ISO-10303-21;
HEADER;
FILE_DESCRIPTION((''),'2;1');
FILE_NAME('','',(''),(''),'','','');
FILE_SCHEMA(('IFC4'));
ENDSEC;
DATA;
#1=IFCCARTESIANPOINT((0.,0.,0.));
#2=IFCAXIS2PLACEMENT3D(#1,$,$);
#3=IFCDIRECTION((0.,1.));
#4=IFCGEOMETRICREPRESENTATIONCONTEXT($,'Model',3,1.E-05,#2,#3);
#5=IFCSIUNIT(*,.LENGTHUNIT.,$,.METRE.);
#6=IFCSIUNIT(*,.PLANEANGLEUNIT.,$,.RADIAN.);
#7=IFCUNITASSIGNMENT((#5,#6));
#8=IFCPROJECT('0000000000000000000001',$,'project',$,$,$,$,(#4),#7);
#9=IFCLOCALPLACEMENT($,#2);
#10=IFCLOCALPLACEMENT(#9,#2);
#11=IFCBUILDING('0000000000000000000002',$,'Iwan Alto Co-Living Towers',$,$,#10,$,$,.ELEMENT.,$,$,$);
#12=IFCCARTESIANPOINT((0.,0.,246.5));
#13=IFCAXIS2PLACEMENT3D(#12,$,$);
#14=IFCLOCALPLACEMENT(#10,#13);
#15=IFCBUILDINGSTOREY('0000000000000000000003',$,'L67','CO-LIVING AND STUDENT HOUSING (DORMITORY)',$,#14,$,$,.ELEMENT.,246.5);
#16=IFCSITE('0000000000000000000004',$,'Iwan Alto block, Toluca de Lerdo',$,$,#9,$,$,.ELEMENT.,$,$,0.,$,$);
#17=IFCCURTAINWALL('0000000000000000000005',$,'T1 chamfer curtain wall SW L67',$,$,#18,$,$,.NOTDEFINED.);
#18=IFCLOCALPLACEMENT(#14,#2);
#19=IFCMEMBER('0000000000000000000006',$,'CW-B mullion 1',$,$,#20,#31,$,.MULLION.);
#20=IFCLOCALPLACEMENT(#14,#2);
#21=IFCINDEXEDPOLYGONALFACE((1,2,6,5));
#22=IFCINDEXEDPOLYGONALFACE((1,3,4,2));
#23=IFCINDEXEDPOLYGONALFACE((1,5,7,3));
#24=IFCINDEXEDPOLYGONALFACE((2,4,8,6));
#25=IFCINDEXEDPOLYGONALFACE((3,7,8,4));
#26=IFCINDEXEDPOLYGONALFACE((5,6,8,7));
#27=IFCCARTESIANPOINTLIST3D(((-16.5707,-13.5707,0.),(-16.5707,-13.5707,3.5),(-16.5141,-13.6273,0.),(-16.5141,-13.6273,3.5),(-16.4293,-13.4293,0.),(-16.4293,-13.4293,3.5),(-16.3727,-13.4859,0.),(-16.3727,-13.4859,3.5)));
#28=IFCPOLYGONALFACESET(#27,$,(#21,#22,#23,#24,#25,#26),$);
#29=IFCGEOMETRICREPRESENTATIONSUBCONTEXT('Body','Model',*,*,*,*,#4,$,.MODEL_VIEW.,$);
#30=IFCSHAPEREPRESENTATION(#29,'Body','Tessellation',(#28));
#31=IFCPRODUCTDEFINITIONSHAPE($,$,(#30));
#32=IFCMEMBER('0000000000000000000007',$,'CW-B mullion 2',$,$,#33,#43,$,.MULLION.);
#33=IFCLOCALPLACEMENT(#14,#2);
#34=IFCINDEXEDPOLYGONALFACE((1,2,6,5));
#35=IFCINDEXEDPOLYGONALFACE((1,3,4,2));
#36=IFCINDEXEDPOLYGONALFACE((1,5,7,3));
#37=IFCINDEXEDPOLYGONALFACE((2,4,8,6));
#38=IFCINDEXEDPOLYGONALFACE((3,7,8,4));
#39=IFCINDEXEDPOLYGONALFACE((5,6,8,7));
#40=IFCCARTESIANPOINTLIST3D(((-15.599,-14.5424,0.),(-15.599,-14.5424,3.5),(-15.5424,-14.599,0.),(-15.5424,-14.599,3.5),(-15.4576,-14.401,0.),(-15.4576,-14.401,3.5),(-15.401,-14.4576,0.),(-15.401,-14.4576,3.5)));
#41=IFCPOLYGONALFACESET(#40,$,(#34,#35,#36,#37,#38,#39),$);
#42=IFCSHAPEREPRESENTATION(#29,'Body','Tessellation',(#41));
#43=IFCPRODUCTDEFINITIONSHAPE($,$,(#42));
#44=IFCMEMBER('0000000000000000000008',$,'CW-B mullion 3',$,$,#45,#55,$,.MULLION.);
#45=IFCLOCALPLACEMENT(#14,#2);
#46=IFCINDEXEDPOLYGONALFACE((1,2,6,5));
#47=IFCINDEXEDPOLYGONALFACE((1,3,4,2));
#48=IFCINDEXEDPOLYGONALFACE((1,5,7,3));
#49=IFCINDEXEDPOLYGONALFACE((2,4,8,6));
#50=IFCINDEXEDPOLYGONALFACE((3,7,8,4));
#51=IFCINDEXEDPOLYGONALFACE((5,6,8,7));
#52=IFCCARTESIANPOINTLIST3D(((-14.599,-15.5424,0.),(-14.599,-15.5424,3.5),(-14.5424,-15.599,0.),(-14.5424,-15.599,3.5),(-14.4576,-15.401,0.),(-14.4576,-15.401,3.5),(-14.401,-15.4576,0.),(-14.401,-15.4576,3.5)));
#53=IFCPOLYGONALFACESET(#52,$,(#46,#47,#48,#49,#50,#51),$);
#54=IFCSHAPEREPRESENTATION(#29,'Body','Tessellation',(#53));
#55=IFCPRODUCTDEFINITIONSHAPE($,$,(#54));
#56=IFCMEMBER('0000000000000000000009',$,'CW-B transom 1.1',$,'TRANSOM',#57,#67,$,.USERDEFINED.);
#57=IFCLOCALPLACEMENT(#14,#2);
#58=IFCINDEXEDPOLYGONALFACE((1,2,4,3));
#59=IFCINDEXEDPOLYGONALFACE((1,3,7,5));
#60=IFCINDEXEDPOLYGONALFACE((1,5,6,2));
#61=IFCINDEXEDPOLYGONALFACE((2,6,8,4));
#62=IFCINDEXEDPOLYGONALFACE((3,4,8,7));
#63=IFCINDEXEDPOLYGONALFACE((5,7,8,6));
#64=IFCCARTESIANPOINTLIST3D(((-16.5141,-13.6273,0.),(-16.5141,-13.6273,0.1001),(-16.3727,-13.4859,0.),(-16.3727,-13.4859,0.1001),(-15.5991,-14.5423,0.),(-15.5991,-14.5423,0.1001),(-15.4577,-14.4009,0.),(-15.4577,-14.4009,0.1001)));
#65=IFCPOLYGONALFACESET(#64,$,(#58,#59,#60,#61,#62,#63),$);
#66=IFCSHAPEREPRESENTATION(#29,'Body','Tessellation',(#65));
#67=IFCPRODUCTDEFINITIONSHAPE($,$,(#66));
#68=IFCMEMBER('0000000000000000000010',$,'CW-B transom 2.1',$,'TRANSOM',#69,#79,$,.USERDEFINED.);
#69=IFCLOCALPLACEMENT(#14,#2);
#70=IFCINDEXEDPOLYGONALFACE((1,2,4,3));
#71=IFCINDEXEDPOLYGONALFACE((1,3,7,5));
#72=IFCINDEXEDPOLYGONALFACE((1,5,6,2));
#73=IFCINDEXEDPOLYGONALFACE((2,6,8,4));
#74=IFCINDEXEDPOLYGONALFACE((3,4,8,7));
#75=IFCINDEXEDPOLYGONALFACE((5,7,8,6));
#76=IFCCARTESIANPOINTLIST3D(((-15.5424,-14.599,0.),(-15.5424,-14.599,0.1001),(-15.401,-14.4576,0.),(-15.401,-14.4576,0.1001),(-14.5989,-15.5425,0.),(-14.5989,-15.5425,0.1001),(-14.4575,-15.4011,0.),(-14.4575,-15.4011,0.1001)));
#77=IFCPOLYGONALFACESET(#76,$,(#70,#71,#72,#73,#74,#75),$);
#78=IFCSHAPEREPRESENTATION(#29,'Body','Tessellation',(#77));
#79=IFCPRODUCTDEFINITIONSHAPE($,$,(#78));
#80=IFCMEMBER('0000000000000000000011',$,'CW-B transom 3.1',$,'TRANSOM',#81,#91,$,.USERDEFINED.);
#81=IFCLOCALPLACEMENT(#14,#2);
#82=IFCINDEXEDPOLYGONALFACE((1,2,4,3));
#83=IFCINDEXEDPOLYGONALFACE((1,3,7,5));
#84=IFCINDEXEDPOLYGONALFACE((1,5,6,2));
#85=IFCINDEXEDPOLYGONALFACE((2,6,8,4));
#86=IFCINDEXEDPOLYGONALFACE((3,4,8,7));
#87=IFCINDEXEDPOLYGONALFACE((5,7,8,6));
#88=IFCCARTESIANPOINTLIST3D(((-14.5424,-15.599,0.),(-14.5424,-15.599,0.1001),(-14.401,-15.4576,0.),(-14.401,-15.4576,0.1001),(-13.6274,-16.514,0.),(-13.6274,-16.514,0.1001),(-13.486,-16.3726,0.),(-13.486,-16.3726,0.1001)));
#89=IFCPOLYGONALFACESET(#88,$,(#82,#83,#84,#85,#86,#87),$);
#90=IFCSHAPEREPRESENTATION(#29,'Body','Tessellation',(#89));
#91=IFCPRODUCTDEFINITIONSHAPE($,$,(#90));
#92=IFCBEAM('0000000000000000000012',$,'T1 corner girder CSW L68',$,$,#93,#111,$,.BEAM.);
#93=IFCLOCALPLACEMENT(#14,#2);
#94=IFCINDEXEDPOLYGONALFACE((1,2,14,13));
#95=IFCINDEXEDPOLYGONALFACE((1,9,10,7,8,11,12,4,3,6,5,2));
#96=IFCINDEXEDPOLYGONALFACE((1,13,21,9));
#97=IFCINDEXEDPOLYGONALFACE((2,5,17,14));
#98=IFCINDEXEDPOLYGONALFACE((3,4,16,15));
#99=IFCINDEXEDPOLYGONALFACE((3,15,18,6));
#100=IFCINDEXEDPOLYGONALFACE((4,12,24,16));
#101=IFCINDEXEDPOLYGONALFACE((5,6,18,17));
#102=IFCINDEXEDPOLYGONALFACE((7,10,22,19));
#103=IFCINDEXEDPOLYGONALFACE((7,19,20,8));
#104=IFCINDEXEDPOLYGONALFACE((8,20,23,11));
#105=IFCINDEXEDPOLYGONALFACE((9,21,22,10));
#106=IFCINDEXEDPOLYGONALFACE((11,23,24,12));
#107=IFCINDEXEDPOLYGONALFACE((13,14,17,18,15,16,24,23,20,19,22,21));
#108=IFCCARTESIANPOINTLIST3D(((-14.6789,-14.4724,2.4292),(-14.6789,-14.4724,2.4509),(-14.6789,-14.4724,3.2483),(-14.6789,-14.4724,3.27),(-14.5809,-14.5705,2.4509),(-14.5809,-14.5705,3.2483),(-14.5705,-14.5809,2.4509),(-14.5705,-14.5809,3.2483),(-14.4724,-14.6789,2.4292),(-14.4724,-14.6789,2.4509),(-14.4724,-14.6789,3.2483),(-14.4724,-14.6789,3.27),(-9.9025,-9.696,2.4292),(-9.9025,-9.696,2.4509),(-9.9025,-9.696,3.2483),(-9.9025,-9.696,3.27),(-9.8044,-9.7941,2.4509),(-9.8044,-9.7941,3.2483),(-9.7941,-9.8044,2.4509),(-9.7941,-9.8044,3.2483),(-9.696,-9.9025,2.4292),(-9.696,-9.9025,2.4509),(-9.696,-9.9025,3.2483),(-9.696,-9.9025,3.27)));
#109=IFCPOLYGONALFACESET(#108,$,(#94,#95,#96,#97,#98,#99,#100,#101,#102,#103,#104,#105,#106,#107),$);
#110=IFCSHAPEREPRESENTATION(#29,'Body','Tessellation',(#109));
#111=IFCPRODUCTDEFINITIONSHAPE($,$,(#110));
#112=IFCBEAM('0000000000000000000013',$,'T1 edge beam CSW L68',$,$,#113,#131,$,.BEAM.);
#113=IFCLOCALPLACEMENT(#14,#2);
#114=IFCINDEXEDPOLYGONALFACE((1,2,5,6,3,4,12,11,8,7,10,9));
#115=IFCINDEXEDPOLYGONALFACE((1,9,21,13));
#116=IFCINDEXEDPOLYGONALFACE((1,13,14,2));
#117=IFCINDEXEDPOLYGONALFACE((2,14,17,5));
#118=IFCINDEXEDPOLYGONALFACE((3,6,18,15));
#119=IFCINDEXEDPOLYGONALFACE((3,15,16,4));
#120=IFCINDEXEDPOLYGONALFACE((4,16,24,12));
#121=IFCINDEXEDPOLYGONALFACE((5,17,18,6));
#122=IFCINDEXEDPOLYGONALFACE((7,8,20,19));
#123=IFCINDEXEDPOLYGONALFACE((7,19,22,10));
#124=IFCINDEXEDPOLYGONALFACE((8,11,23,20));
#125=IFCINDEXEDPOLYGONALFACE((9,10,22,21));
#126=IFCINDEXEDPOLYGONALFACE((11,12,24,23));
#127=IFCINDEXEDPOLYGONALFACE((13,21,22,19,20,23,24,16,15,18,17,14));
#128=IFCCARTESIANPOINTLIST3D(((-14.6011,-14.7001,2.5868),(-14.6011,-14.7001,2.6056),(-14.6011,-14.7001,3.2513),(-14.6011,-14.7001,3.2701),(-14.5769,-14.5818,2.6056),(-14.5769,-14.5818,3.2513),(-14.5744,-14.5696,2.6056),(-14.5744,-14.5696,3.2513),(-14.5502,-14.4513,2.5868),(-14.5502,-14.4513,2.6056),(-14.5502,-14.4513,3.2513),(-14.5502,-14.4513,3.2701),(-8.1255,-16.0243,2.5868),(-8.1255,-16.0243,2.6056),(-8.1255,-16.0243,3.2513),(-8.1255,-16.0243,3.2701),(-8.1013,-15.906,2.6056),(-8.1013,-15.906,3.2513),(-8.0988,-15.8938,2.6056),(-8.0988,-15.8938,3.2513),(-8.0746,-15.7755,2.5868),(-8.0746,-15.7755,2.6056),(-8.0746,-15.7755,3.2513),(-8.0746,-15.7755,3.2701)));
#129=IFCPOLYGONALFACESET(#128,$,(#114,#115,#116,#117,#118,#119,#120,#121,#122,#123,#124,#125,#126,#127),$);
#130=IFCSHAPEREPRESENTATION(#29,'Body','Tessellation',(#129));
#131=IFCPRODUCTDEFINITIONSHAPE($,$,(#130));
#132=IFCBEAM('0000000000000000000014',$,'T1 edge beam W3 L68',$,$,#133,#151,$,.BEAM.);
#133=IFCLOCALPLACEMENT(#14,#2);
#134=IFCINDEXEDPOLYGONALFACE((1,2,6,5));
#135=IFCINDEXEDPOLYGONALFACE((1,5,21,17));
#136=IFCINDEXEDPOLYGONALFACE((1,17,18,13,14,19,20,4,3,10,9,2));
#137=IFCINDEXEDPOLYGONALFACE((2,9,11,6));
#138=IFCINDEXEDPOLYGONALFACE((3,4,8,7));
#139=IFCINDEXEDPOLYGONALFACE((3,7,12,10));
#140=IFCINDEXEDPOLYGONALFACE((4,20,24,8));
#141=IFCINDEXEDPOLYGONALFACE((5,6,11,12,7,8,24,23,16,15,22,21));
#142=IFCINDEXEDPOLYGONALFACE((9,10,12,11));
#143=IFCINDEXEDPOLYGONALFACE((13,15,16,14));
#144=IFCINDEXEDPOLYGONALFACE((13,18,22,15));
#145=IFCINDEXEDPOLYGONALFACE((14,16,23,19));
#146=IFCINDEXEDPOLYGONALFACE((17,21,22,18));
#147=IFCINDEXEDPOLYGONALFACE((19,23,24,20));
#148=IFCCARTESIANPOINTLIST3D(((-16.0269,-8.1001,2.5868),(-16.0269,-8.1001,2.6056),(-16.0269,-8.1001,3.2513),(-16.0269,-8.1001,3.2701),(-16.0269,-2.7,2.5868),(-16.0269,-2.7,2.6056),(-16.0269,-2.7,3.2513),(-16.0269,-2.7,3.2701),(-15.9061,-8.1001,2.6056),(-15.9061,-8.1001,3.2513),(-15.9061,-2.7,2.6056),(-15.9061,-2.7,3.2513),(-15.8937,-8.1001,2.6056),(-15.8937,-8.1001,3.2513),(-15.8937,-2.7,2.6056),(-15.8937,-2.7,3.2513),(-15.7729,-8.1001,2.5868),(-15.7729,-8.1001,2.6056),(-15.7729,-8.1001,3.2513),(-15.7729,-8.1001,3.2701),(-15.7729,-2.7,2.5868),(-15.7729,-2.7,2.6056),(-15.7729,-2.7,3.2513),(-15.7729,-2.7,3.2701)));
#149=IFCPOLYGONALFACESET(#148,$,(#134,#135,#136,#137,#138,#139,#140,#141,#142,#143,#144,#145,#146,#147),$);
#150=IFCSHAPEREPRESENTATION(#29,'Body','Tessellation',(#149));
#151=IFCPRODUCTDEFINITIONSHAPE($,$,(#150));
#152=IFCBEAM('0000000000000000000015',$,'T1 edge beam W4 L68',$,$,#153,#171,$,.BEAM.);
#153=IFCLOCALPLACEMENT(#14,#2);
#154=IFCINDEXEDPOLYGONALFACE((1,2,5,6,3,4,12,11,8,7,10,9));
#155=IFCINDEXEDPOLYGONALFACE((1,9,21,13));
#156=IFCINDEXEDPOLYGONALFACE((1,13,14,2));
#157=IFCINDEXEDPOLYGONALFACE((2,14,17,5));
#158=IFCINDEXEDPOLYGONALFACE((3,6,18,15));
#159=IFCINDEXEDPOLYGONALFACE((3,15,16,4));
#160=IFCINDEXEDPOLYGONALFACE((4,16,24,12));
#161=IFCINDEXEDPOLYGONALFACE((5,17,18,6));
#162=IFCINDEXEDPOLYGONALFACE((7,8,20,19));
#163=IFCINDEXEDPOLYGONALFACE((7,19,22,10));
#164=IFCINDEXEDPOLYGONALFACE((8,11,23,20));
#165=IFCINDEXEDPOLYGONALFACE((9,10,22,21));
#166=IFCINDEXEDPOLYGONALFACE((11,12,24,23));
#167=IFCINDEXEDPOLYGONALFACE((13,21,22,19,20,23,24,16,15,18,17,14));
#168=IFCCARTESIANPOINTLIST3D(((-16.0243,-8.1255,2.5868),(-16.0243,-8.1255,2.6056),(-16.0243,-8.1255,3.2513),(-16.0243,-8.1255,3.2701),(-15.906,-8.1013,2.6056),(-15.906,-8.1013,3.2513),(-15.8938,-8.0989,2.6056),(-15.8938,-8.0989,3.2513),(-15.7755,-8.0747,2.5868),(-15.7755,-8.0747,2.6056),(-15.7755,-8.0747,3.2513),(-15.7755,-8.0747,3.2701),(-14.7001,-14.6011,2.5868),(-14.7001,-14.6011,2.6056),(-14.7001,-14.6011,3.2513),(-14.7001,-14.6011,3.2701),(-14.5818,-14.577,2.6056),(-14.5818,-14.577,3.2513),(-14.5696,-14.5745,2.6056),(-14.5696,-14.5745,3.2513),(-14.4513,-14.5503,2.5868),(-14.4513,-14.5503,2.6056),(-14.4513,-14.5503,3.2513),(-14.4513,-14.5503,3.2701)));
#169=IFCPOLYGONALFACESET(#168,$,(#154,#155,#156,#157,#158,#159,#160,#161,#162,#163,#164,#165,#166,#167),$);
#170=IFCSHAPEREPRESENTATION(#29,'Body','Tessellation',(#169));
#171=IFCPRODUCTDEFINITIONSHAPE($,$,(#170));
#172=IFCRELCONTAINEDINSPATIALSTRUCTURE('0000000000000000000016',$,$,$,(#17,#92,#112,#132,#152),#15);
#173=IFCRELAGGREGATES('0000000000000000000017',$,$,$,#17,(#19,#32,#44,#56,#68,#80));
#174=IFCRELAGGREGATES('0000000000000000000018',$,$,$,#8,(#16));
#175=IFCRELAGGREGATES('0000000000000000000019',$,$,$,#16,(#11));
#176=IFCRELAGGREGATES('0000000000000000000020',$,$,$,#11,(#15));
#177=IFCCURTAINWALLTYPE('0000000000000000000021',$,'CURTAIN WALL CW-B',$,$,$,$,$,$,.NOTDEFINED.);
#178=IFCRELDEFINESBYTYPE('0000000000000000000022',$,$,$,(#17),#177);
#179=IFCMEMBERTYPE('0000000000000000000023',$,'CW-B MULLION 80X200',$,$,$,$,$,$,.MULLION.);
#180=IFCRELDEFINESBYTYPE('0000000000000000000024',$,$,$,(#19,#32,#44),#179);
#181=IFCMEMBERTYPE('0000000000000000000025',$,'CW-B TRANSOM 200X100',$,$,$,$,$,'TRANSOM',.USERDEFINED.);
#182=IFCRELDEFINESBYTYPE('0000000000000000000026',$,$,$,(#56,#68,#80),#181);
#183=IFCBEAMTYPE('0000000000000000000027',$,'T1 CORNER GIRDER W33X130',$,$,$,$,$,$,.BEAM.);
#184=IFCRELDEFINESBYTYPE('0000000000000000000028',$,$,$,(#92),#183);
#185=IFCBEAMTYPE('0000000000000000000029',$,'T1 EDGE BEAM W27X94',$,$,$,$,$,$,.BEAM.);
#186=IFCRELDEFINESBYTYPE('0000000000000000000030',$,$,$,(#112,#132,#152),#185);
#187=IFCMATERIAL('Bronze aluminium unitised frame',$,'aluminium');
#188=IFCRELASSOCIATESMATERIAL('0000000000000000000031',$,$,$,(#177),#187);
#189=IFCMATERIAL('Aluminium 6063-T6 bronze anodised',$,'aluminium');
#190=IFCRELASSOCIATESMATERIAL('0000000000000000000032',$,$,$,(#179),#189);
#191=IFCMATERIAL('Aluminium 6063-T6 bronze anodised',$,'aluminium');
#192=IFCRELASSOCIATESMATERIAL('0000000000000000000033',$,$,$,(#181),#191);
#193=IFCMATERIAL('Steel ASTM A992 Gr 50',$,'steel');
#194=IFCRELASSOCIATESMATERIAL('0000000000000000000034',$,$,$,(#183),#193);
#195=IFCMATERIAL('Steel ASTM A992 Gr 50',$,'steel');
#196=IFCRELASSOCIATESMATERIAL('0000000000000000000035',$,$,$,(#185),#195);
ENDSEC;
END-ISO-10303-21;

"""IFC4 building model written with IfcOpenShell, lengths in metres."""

from ifc_helpers import new_model, si_unit, direction, frame, origin, origin_2d, place, context, subcontext, project, spatial, rectangle, i_section, extrude, material, material_profile, profile_set, type_object, element, aggregate, save


model = new_model("IFC4")

# Units and contexts
model_context = context("Model", 3, precision=1e-05, world=origin(), true_north=direction((0.0, 1.0)))
body_context = subcontext(model_context, "Body", "Model", "MODEL_VIEW")
ifc_project = project(units=[si_unit("LENGTHUNIT", "METRE"), si_unit("PLANEANGLEUNIT", "RADIAN")], contexts=[model_context])

# Site, building, storey
site_placement = place(None, origin())
site = spatial("IfcSite", under=ifc_project, at=site_placement, Name="Iwan Alto block, Toluca de Lerdo", CompositionType="ELEMENT", RefElevation=0.0)
building_placement = place(site_placement, origin())
building = spatial("IfcBuilding", under=site, at=building_placement, Name="Iwan Alto Co-Living Towers", CompositionType="ELEMENT")
storey_placement = place(building_placement, frame((0.0, 0.0, 246.5)))
storey = spatial("IfcBuildingStorey", under=building, at=storey_placement, Name="L67", Description="CO-LIVING AND STUDENT HOUSING (DORMITORY)", CompositionType="ELEMENT", Elevation=246.5)

# Curtain wall, members
ifc_material_1 = material(Name="Bronze aluminium unitised frame", Category="aluminium")
curtain_wall_type_1 = type_object("IfcCurtainWallType", Name="CURTAIN WALL CW-B", PredefinedType="NOTDEFINED", material=ifc_material_1)
curtain_wall_1_placement = place(storey_placement, origin())
curtain_wall_1 = element("IfcCurtainWall", 1, at=curtain_wall_1_placement, inside=storey, type_object=curtain_wall_type_1, Name="T1 chamfer curtain wall SW L67", PredefinedType="NOTDEFINED")
ifc_material_2 = material(Name="Aluminium 6063-T6 bronze anodised", Category="aluminium")
ifc_material_profile_1 = material_profile(ifc_material_2, rectangle(XDim=0.2, YDim=0.0801, at=origin_2d()), Name="AL 80X200")
ifc_profile_set_1 = profile_set([ifc_material_profile_1], Name="Aluminium 6063-T6 bronze anodised")
member_type_1 = type_object("IfcMemberType", Name="CW-B MULLION 80X200", PredefinedType="MULLION", material=ifc_profile_set_1)
member_1_placement = place(storey_placement, frame((-16.4717, -13.5283, 0.0), z_axis=(0.0, 0.0, 1.0), x_axis=(0.707107, 0.707107, 0.0)))
member_1 = element("IfcMember", 2, at=member_1_placement, type_object=member_type_1, Name="CW-B mullion 1", PredefinedType="MULLION", context=body_context, shape_type="SweptSolid", body=[
    extrude(rectangle(XDim=0.2, YDim=0.0801, at=origin_2d()), origin(), (0.0, 0.0, 1.0), 3.5),
])
member_2_placement = place(storey_placement, frame((-15.5, -14.5, 0.0), z_axis=(0.0, 0.0, 1.0), x_axis=(0.707107, 0.707107, 0.0)))
member_2 = element("IfcMember", 3, at=member_2_placement, type_object=member_type_1, Name="CW-B mullion 2", PredefinedType="MULLION", context=body_context, shape_type="SweptSolid", body=[
    extrude(rectangle(XDim=0.2, YDim=0.0801, at=origin_2d()), origin(), (0.0, 0.0, 1.0), 3.5),
])
member_3_placement = place(storey_placement, frame((-14.5, -15.5, 0.0), z_axis=(0.0, 0.0, 1.0), x_axis=(0.707107, 0.707107, 0.0)))
member_3 = element("IfcMember", 4, at=member_3_placement, type_object=member_type_1, Name="CW-B mullion 3", PredefinedType="MULLION", context=body_context, shape_type="SweptSolid", body=[
    extrude(rectangle(XDim=0.2, YDim=0.0801, at=origin_2d()), origin(), (0.0, 0.0, 1.0), 3.5),
])
ifc_material_3 = material(Name="Aluminium 6063-T6 bronze anodised", Category="aluminium")
ifc_material_profile_2 = material_profile(ifc_material_3, rectangle(XDim=0.2, YDim=0.1001, at=origin_2d()), Name="AL 200X100")
ifc_profile_set_2 = profile_set([ifc_material_profile_2], Name="Aluminium 6063-T6 bronze anodised")
member_type_2 = type_object("IfcMemberType", Name="CW-B TRANSOM 200X100", ElementType="TRANSOM", PredefinedType="USERDEFINED", material=ifc_profile_set_2)
member_4_placement = place(storey_placement, frame((-16.4434, -13.5566, 0.05), z_axis=(0.707107, -0.707107, 0.0), x_axis=(0.707107, 0.707107, 0.0)))
member_4 = element("IfcMember", 5, at=member_4_placement, type_object=member_type_2, Name="CW-B transom 1.1", ObjectType="TRANSOM", PredefinedType="USERDEFINED", context=body_context, shape_type="SweptSolid", body=[
    extrude(rectangle(XDim=0.2, YDim=0.1001, at=origin_2d()), origin(), (0.0, 0.0, 1.0), 1.2939),
])
member_5_placement = place(storey_placement, frame((-15.4717, -14.5283, 0.05), z_axis=(0.707107, -0.707107, 0.0), x_axis=(0.707107, 0.707107, 0.0)))
member_5 = element("IfcMember", 6, at=member_5_placement, type_object=member_type_2, Name="CW-B transom 2.1", ObjectType="TRANSOM", PredefinedType="USERDEFINED", context=body_context, shape_type="SweptSolid", body=[
    extrude(rectangle(XDim=0.2, YDim=0.1001, at=origin_2d()), origin(), (0.0, 0.0, 1.0), 1.3342),
])
member_6_placement = place(storey_placement, frame((-14.4717, -15.5283, 0.05), z_axis=(0.707107, -0.707107, 0.0), x_axis=(0.707107, 0.707107, 0.0)))
member_6 = element("IfcMember", 7, at=member_6_placement, type_object=member_type_2, Name="CW-B transom 3.1", ObjectType="TRANSOM", PredefinedType="USERDEFINED", context=body_context, shape_type="SweptSolid", body=[
    extrude(rectangle(XDim=0.2, YDim=0.1001, at=origin_2d()), origin(), (0.0, 0.0, 1.0), 1.2939),
])

# Beams
ifc_material_4 = material(Name="Steel ASTM A992 Gr 50", Category="steel")
ifc_material_profile_3 = material_profile(ifc_material_4, i_section(OverallWidth=0.292, OverallDepth=0.8408, WebThickness=0.0146, FlangeThickness=0.0217, at=origin_2d()), Name="W33X130")
ifc_profile_set_3 = profile_set([ifc_material_profile_3], Name="Steel ASTM A992 Gr 50")
beam_type_1 = type_object("IfcBeamType", Name="T1 CORNER GIRDER W33X130", PredefinedType="BEAM", material=ifc_profile_set_3)
beam_1_placement = place(storey_placement, frame((-14.5757, -14.5757, 2.8496), z_axis=(0.707107, 0.707107, 0.0), x_axis=(-0.707107, 0.707107, 0.0)))
element("IfcBeam", 8, at=beam_1_placement, inside=storey, type_object=beam_type_1, Name="T1 corner girder CSW L68", PredefinedType="BEAM", context=body_context, shape_type="SweptSolid", body=[
    extrude(i_section(OverallWidth=0.292, OverallDepth=0.8408, WebThickness=0.0146, FlangeThickness=0.0217, at=origin_2d()), origin(), (0.0, 0.0, 1.0), 6.7549),
])
ifc_material_5 = material(Name="Steel ASTM A992 Gr 50", Category="steel")
ifc_material_profile_4 = material_profile(ifc_material_5, i_section(OverallWidth=0.2539, OverallDepth=0.6833, WebThickness=0.0125, FlangeThickness=0.0188, at=origin_2d()), Name="W27X94")
ifc_profile_set_4 = profile_set([ifc_material_profile_4], Name="Steel ASTM A992 Gr 50")
beam_type_2 = type_object("IfcBeamType", Name="T1 EDGE BEAM W27X94", PredefinedType="BEAM", material=ifc_profile_set_4)
beam_2_placement = place(storey_placement, frame((-14.5757, -14.5757, 2.9285), z_axis=(0.979725, -0.200348, 0.0), x_axis=(0.200348, 0.979725, 0.0)))
element("IfcBeam", 9, at=beam_2_placement, inside=storey, type_object=beam_type_2, Name="T1 edge beam CSW L68", PredefinedType="BEAM", context=body_context, shape_type="SweptSolid", body=[
    extrude(i_section(OverallWidth=0.2539, OverallDepth=0.6833, WebThickness=0.0125, FlangeThickness=0.0188, at=origin_2d()), origin(), (0.0, 0.0, 1.0), 6.6096),
])
beam_3_placement = place(storey_placement, frame((-15.8999, -2.7, 2.9285), z_axis=(0.0, -1.0, 0.0), x_axis=(1.0, 0.0, 0.0)))
element("IfcBeam", 10, at=beam_3_placement, inside=storey, type_object=beam_type_2, Name="T1 edge beam W3 L68", PredefinedType="BEAM", context=body_context, shape_type="SweptSolid", body=[
    extrude(i_section(OverallWidth=0.2539, OverallDepth=0.6833, WebThickness=0.0125, FlangeThickness=0.0188, at=origin_2d()), origin(), (0.0, 0.0, 1.0), 5.4001),
])
beam_4_placement = place(storey_placement, frame((-15.8999, -8.1001, 2.9285), z_axis=(0.200348, -0.979725, 0.0), x_axis=(0.979725, 0.200348, 0.0)))
element("IfcBeam", 11, at=beam_4_placement, inside=storey, type_object=beam_type_2, Name="T1 edge beam W4 L68", PredefinedType="BEAM", context=body_context, shape_type="SweptSolid", body=[
    extrude(i_section(OverallWidth=0.2539, OverallDepth=0.6833, WebThickness=0.0125, FlangeThickness=0.0188, at=origin_2d()), origin(), (0.0, 0.0, 1.0), 6.6096),
])

aggregate(curtain_wall_1, [member_1, member_2, member_3, member_4, member_5, member_6])

save(model, "model.ifc")
